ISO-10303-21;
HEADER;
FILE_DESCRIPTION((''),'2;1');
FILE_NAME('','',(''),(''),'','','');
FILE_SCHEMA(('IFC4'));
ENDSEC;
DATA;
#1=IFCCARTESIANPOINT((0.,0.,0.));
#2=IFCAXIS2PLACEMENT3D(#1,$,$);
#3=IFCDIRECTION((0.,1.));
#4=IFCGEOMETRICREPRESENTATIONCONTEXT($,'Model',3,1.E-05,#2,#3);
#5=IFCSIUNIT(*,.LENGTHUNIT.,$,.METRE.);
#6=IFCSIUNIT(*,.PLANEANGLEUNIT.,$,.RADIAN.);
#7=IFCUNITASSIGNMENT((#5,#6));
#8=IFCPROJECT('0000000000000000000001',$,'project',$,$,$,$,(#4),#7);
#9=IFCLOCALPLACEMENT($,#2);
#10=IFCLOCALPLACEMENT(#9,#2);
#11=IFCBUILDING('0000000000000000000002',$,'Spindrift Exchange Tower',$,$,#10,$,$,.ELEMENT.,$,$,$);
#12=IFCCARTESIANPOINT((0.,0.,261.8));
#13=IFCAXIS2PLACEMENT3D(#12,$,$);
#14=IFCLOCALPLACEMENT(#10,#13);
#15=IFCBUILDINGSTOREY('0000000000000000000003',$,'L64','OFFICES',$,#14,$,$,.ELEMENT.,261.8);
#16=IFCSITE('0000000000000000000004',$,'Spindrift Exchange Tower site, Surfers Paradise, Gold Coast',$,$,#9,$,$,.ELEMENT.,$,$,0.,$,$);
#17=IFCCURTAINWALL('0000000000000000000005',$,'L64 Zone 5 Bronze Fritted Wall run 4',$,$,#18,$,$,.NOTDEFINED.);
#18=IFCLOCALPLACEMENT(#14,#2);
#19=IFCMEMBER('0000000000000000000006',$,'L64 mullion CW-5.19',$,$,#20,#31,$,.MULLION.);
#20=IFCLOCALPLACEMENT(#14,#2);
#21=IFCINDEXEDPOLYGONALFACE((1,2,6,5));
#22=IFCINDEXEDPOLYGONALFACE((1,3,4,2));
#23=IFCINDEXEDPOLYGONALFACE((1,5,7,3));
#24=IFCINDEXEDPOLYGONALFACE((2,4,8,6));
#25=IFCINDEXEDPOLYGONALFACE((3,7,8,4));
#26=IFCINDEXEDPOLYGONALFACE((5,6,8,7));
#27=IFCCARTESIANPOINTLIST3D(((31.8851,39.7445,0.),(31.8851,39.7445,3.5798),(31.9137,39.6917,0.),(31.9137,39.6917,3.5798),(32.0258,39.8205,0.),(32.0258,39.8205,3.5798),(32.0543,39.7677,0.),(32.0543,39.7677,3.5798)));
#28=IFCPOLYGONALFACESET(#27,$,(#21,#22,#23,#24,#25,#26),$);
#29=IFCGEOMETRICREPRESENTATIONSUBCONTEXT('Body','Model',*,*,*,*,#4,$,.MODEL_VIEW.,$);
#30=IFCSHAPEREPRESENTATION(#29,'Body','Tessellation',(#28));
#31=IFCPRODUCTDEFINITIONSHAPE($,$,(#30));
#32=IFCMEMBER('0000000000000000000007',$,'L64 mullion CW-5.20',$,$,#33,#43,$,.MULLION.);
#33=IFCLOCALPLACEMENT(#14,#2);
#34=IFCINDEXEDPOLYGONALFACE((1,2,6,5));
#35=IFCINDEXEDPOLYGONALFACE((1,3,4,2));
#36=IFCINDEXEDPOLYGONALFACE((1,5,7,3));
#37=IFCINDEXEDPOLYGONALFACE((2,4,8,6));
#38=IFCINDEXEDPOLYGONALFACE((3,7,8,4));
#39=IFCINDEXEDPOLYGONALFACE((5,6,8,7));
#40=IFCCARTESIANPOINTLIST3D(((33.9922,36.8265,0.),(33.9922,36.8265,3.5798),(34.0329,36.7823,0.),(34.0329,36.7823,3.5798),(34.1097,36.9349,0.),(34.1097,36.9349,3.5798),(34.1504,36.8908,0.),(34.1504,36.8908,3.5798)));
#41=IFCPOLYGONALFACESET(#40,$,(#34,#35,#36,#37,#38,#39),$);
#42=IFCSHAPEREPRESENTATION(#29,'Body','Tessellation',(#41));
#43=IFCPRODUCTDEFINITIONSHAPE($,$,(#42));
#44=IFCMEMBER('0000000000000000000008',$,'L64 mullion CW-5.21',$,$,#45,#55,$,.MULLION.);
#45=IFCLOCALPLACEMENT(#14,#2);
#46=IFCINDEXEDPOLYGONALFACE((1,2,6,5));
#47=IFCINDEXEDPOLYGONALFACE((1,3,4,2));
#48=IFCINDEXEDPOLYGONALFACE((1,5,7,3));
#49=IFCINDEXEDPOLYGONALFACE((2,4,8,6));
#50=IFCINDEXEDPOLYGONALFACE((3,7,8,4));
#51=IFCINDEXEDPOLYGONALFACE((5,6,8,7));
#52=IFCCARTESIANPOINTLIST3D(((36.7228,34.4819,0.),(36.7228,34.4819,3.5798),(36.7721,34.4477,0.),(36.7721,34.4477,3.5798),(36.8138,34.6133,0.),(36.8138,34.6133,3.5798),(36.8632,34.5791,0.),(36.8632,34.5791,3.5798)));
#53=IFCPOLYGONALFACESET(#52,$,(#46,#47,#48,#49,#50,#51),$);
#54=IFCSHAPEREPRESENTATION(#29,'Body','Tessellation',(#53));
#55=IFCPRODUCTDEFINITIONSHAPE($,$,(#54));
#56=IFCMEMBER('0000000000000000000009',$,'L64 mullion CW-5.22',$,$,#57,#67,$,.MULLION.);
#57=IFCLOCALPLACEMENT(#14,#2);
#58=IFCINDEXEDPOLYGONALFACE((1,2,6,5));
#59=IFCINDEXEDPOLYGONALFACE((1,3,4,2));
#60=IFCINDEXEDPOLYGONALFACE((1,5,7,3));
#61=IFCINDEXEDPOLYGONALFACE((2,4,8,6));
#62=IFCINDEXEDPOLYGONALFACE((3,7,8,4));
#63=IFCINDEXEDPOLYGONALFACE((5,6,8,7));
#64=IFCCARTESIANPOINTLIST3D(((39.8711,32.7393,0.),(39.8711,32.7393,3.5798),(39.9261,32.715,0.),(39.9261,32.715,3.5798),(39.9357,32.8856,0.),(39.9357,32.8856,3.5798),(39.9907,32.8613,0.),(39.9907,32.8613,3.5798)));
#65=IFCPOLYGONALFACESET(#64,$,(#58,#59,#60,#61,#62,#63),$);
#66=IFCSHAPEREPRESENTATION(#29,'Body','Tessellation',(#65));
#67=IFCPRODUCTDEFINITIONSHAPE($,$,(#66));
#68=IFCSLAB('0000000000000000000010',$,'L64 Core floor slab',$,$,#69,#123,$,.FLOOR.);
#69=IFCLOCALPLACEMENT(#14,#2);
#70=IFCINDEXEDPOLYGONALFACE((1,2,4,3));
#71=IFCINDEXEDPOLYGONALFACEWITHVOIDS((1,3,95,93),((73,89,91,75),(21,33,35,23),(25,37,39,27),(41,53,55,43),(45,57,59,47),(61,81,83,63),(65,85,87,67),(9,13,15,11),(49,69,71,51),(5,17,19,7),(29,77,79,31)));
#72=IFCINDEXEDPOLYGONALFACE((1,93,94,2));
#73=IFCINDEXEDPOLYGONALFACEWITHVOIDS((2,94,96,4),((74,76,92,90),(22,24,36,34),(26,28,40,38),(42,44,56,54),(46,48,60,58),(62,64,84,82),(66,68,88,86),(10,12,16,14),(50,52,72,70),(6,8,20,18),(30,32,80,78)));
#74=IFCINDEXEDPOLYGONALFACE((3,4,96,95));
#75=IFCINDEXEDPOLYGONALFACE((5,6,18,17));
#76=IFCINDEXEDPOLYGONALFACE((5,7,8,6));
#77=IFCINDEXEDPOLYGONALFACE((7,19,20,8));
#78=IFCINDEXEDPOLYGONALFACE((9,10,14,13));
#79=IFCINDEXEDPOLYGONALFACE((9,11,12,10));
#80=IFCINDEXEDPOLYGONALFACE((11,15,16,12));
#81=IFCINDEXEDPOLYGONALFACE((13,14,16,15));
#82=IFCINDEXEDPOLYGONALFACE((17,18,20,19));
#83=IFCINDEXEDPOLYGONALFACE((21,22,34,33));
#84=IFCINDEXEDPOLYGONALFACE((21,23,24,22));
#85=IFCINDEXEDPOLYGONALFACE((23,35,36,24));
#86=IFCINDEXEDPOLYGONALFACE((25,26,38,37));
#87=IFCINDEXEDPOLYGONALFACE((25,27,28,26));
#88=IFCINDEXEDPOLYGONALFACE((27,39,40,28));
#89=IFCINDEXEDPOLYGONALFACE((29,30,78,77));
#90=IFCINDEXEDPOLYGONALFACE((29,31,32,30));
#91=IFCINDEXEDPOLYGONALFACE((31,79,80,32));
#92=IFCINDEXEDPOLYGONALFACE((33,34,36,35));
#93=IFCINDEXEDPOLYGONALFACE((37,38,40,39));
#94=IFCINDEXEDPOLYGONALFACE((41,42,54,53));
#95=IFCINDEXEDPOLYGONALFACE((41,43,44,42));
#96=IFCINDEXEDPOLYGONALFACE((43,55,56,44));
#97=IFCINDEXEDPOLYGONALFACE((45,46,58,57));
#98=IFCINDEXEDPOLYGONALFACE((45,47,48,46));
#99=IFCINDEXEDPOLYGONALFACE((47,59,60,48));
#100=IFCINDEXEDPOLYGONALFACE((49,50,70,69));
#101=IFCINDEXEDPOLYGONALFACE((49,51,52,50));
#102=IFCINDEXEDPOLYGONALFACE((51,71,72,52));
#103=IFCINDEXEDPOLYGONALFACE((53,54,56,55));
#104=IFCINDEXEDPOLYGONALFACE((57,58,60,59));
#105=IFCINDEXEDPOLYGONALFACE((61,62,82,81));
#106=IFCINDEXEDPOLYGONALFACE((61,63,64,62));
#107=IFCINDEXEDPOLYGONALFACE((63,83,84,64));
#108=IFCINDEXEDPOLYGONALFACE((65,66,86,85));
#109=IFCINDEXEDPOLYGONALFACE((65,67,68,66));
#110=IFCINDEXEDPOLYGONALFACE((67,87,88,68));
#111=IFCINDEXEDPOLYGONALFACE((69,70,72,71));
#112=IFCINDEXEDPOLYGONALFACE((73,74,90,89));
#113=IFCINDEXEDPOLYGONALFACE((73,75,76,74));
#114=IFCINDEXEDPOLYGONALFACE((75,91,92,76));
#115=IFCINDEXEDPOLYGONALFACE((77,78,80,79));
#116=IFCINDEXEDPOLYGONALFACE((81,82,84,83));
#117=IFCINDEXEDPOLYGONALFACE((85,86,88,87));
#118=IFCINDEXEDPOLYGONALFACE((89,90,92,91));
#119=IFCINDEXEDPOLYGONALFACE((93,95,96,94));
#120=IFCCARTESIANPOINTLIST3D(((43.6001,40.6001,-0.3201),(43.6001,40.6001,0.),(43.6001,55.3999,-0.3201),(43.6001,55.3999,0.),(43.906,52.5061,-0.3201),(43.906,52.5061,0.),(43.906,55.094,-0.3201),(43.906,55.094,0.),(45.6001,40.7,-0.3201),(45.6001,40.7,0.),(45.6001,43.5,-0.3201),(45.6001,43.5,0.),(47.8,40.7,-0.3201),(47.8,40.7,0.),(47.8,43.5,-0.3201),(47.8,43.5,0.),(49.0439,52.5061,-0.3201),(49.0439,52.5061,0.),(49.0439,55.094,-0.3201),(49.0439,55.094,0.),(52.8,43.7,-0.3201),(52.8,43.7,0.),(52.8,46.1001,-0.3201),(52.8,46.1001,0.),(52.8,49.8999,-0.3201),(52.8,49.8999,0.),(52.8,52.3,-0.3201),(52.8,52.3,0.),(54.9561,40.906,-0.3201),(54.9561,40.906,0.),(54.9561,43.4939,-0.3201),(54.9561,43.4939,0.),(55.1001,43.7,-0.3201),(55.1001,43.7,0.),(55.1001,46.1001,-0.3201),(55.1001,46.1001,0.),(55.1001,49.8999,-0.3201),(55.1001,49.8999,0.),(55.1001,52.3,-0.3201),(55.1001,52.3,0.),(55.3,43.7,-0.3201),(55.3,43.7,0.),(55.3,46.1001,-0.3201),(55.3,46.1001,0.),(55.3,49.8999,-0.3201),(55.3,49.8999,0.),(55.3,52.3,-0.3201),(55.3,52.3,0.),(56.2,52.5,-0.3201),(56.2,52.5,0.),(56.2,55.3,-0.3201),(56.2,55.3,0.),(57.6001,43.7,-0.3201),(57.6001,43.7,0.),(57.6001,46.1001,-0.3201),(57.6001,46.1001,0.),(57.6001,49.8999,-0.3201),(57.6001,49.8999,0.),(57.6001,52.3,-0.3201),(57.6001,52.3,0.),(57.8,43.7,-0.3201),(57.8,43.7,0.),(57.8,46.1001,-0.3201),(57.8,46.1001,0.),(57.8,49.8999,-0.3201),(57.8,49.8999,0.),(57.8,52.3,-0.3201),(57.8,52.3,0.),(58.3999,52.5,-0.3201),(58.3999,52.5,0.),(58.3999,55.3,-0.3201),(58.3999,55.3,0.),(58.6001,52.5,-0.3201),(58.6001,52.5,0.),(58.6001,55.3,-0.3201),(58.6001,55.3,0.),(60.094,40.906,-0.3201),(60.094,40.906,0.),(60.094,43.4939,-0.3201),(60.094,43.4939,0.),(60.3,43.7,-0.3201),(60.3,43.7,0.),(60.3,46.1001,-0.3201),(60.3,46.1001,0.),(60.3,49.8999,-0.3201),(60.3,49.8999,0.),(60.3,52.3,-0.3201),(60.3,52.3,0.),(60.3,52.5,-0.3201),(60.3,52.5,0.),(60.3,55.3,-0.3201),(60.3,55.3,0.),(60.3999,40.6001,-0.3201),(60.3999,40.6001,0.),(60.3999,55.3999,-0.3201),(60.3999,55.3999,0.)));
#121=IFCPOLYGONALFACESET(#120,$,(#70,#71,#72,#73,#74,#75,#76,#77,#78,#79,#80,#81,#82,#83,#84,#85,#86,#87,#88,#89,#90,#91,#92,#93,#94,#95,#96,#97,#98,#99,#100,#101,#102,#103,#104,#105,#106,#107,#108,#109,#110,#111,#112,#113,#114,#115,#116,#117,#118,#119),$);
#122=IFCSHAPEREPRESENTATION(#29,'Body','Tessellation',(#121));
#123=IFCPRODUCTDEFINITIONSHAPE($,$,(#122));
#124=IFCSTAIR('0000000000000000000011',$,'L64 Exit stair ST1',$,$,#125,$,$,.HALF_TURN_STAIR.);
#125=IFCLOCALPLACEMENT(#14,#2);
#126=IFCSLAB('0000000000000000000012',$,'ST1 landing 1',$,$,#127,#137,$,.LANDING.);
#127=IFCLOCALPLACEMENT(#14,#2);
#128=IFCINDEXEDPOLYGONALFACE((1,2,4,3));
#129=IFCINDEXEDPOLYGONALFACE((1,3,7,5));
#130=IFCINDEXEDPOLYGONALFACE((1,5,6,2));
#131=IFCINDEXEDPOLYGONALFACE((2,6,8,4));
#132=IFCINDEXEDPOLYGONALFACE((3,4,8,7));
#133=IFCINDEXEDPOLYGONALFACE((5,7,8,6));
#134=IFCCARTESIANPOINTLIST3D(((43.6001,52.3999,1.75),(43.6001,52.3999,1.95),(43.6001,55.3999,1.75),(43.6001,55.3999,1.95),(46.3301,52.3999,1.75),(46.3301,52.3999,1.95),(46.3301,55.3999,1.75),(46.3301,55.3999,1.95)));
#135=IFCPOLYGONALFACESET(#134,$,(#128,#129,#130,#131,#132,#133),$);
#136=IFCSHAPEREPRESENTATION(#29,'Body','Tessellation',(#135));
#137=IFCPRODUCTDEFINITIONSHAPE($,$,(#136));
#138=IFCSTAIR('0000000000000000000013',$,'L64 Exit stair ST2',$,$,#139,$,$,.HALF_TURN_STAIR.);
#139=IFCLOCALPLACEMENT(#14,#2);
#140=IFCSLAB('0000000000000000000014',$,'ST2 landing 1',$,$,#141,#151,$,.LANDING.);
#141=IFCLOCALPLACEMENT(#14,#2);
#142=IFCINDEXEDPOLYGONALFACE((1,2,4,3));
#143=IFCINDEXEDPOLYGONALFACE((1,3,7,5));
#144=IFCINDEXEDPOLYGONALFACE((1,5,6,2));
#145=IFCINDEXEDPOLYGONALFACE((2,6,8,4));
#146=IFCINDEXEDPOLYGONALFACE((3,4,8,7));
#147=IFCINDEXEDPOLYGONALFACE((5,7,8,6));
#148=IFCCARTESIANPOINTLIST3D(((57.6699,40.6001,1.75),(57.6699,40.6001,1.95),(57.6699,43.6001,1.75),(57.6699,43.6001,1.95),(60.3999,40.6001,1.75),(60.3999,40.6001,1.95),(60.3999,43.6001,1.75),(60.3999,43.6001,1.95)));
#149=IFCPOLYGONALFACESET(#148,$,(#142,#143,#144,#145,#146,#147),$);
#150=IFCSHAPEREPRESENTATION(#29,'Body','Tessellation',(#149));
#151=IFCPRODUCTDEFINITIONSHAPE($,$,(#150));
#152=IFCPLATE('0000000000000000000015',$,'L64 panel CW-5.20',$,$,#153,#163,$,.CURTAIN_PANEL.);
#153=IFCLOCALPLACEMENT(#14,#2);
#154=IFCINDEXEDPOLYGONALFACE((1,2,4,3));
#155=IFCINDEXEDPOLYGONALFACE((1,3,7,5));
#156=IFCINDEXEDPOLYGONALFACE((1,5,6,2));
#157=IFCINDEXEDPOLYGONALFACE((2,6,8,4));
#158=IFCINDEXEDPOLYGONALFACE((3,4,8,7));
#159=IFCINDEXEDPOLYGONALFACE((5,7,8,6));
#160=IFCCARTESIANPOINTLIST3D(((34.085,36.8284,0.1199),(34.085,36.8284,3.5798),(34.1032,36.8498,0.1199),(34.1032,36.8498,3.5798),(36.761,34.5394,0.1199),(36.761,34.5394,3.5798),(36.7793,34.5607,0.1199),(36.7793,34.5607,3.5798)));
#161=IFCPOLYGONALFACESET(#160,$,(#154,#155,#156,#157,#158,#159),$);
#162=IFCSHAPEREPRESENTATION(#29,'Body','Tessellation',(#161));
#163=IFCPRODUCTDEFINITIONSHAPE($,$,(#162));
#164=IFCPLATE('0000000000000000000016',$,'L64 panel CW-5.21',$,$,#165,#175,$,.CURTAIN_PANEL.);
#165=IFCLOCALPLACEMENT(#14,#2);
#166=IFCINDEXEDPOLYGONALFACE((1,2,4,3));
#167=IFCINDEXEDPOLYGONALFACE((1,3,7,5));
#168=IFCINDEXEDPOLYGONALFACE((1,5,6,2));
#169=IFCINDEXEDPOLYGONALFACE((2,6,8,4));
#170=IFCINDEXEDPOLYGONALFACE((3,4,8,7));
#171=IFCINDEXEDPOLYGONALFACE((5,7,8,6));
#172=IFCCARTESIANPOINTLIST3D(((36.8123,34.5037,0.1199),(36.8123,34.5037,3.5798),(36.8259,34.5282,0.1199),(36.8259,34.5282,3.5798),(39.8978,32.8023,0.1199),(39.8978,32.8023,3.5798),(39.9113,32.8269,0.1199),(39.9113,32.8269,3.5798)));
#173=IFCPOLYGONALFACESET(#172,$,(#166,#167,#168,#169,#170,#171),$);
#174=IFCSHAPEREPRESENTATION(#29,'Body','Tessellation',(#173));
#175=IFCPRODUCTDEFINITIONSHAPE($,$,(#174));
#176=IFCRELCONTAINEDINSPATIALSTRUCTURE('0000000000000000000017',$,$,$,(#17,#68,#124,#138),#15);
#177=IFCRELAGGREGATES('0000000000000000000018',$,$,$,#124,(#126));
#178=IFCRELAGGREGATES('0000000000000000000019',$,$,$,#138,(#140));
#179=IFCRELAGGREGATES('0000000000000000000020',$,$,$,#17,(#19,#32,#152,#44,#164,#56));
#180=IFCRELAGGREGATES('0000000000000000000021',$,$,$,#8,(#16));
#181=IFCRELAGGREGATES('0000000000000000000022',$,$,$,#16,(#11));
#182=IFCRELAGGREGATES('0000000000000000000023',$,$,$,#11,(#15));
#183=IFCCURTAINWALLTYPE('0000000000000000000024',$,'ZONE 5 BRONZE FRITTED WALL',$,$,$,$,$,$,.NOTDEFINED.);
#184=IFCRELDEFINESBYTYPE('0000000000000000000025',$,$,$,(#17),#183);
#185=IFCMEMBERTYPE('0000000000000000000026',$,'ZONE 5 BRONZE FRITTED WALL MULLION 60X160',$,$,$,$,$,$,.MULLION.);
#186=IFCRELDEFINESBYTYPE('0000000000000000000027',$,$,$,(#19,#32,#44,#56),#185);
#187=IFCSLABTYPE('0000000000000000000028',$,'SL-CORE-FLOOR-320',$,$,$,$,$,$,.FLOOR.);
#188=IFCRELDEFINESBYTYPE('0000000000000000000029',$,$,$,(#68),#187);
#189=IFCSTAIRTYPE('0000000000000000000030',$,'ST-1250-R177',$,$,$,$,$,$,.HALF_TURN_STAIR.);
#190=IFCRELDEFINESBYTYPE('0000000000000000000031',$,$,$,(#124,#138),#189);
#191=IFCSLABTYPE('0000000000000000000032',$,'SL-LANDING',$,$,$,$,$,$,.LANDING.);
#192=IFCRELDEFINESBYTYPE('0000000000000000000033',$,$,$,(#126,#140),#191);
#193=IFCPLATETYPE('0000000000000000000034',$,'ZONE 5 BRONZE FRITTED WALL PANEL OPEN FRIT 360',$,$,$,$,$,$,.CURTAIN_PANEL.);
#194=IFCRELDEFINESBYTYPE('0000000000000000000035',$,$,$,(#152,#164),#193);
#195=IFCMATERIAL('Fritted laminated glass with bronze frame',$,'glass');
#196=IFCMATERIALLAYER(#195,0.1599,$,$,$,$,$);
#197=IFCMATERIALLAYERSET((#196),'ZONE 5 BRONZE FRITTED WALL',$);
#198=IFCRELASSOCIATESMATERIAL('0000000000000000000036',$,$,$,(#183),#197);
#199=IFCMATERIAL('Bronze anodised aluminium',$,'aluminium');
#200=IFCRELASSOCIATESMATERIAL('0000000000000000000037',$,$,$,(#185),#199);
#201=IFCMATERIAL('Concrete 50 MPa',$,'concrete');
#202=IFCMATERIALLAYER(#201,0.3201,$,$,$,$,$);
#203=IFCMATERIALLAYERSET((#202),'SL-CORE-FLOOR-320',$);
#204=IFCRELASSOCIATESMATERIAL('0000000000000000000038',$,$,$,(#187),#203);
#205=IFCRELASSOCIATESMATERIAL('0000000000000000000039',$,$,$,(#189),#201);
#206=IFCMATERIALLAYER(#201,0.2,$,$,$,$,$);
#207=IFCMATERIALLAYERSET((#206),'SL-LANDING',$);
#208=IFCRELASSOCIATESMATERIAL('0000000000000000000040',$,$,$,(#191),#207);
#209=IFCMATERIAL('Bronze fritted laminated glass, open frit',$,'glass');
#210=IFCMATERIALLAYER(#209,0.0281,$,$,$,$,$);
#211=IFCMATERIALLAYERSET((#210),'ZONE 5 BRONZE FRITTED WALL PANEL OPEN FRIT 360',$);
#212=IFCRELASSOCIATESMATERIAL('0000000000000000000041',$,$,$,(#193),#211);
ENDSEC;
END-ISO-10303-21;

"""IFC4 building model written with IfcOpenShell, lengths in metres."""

from ifc_helpers import new_model, si_unit, direction, frame, origin, origin_2d, place, context, subcontext, project, spatial, line, indexed_curve, rectangle, outline, extrude, source, transform, mapped, material, layer, layer_set, material_profile, profile_set, type_object, element, aggregate, save


model = new_model("IFC4")

# Units and contexts
model_context = context("Model", 3, precision=1e-05, world=origin(), true_north=direction((0.0, 1.0)))
body_context = subcontext(model_context, "Body", "Model", "MODEL_VIEW")
ifc_project = project(units=[si_unit("LENGTHUNIT", "METRE"), si_unit("PLANEANGLEUNIT", "RADIAN")], contexts=[model_context])

# Site, building, storey
site_placement = place(None, origin())
site = spatial("IfcSite", under=ifc_project, at=site_placement, Name="Spindrift Exchange Tower site, Surfers Paradise, Gold Coast", CompositionType="ELEMENT", RefElevation=0.0)
building_placement = place(site_placement, origin())
building = spatial("IfcBuilding", under=site, at=building_placement, Name="Spindrift Exchange Tower", CompositionType="ELEMENT")
storey_placement = place(building_placement, frame((0.0, 0.0, 261.8)))
storey = spatial("IfcBuildingStorey", under=building, at=storey_placement, Name="L64", Description="OFFICES", CompositionType="ELEMENT", Elevation=261.8)

# Curtain wall, members
ifc_material_1 = material(Name="Fritted laminated glass with bronze frame", Category="glass")
ifc_layer_1 = layer(ifc_material_1, 0.1599)
ifc_layer_set_1 = layer_set([ifc_layer_1], Name="ZONE 5 BRONZE FRITTED WALL")
curtain_wall_type = type_object("IfcCurtainWallType", Name="ZONE 5 BRONZE FRITTED WALL", PredefinedType="NOTDEFINED", material=ifc_layer_set_1)
curtain_wall_placement = place(storey_placement, origin())
curtain_wall = element("IfcCurtainWall", 1, at=curtain_wall_placement, inside=storey, type_object=curtain_wall_type, Name="L64 Zone 5 Bronze Fritted Wall run 4", PredefinedType="NOTDEFINED")
ifc_material_2 = material(Name="Bronze anodised aluminium", Category="aluminium")
ifc_material_profile_1 = material_profile(ifc_material_2, rectangle(XDim=0.0601, YDim=0.1599, at=origin_2d()), Name="ZONE 5 BRONZE FRITTED WALL MULLION 60X160")
ifc_profile_set_1 = profile_set([ifc_material_profile_1], Name="Bronze anodised aluminium")
member_type_1 = type_object("IfcMemberType", Name="ZONE 5 BRONZE FRITTED WALL MULLION 60X160", PredefinedType="MULLION", material=ifc_profile_set_1)
shared_shape_1 = source(origin(), body_context, "Body", "SweptSolid", [
    extrude(rectangle(XDim=0.0601, YDim=0.1599, at=origin_2d()), origin(), (0.0, 0.0, 1.0), 3.5798),
])
member_1_placement = place(storey_placement, frame((31.9697, 39.7561, 0.0), z_axis=(0.0, 0.0, 1.0), x_axis=(0.475592, -0.879666, 0.0)))
member_1 = element("IfcMember", 2, at=member_1_placement, type_object=member_type_1, Name="L64 mullion CW-5.19", PredefinedType="MULLION", context=body_context, shape_type="MappedRepresentation", body=[
    mapped(shared_shape_1, transform((0.0, 0.0, 0.0), scale=1.0)),
])
member_2_placement = place(storey_placement, frame((34.0713, 36.8586, 0.0), z_axis=(0.0, 0.0, 1.0), x_axis=(0.678228, -0.734852, 0.0)))
member_2 = element("IfcMember", 3, at=member_2_placement, type_object=member_type_1, Name="L64 mullion CW-5.20", PredefinedType="MULLION", context=body_context, shape_type="MappedRepresentation", body=[
    mapped(shared_shape_1, transform((0.0, 0.0, 0.0), scale=1.0)),
])
member_3_placement = place(storey_placement, frame((36.793, 34.5305, 0.0), z_axis=(0.0, 0.0, 1.0), x_axis=(0.822067, -0.56939, 0.0)))
member_3 = element("IfcMember", 4, at=member_3_placement, type_object=member_type_1, Name="L64 mullion CW-5.21", PredefinedType="MULLION", context=body_context, shape_type="MappedRepresentation", body=[
    mapped(shared_shape_1, transform((0.0, 0.0, 0.0), scale=1.0)),
])
member_4_placement = place(storey_placement, frame((39.9309, 32.8003, 0.0), z_axis=(0.0, 0.0, 1.0), x_axis=(0.914735, -0.404054, 0.0)))
member_4 = element("IfcMember", 5, at=member_4_placement, type_object=member_type_1, Name="L64 mullion CW-5.22", PredefinedType="MULLION", context=body_context, shape_type="MappedRepresentation", body=[
    mapped(shared_shape_1, transform((0.0, 0.0, 0.0), scale=1.0)),
])

# Slab
ifc_material_3 = material(Name="Concrete 50 MPa", Category="concrete")
ifc_layer_2 = layer(ifc_material_3, 0.3201)
ifc_layer_set_2 = layer_set([ifc_layer_2], Name="SL-CORE-FLOOR-320")
slab_type_1 = type_object("IfcSlabType", Name="SL-CORE-FLOOR-320", PredefinedType="FLOOR", material=ifc_layer_set_2)
slab_1_placement = place(storey_placement, frame((0.0, 0.0, -0.3201)))
element("IfcSlab", 6, at=slab_1_placement, inside=storey, type_object=slab_type_1, Name="L64 Core floor slab", PredefinedType="FLOOR", context=body_context, shape_type="SweptSolid", body=[
    extrude(outline(indexed_curve([(43.6001, 40.6001), (43.6001, 55.3999), (60.3999, 55.3999), (60.3999, 40.6001)], segments=[line(1, 2, 3, 4, 1)], self_intersect=False), holes=[indexed_curve([(45.6001, 43.5), (45.6001, 40.7), (47.8, 40.7), (47.8, 43.5)], segments=[line(1, 2, 3, 4, 1)], self_intersect=False), indexed_curve([(52.8, 46.1001), (52.8, 43.7), (55.1001, 43.7), (55.1001, 46.1001)], segments=[line(1, 2, 3, 4, 1)], self_intersect=False), indexed_curve([(55.3, 46.1001), (55.3, 43.7), (57.6001, 43.7), (57.6001, 46.1001)], segments=[line(1, 2, 3, 4, 1)], self_intersect=False), indexed_curve([(55.1001, 52.3), (52.8, 52.3), (52.8, 49.8999), (55.1001, 49.8999)], segments=[line(1, 2, 3, 4, 1)], self_intersect=False), indexed_curve([(57.6001, 52.3), (55.3, 52.3), (55.3, 49.8999), (57.6001, 49.8999)], segments=[line(1, 2, 3, 4, 1)], self_intersect=False), indexed_curve([(43.906, 52.5061), (49.0439, 52.5061), (49.0439, 55.094), (43.906, 55.094)], segments=[line(1, 2, 3, 4, 1)], self_intersect=False), indexed_curve([(60.094, 40.906), (60.094, 43.4939), (54.9561, 43.4939), (54.9561, 40.906)], segments=[line(1, 2, 3, 4, 1)], self_intersect=False), indexed_curve([(60.3, 46.1001), (57.8, 46.1001), (57.8, 43.7), (60.3, 43.7)], segments=[line(1, 2, 3, 4, 1)], self_intersect=False), indexed_curve([(57.8, 52.3), (57.8, 49.8999), (60.3, 49.8999), (60.3, 52.3)], segments=[line(1, 2, 3, 4, 1)], self_intersect=False), indexed_curve([(58.3999, 55.3), (56.2, 55.3), (56.2, 52.5), (58.3999, 52.5)], segments=[line(1, 2, 3, 4, 1)], self_intersect=False), indexed_curve([(60.3, 55.3), (58.6001, 55.3), (58.6001, 52.5), (60.3, 52.5)], segments=[line(1, 2, 3, 4, 1)], self_intersect=False)]), origin(), (0.0, 0.0, 1.0), 0.3201),
])

# Stairs, slabs
stair_type = type_object("IfcStairType", Name="ST-1250-R177", PredefinedType="HALF_TURN_STAIR", material=ifc_material_3)
stair_1_placement = place(storey_placement, origin())
stair_1 = element("IfcStair", 7, at=stair_1_placement, inside=storey, type_object=stair_type, Name="L64 Exit stair ST1", PredefinedType="HALF_TURN_STAIR")
ifc_layer_3 = layer(ifc_material_3, 0.2)
ifc_layer_set_3 = layer_set([ifc_layer_3], Name="SL-LANDING")
slab_type_2 = type_object("IfcSlabType", Name="SL-LANDING", PredefinedType="LANDING", material=ifc_layer_set_3)
slab_2_placement = place(storey_placement, frame((0.0, 0.0, 1.75)))
slab_2 = element("IfcSlab", 8, at=slab_2_placement, type_object=slab_type_2, Name="ST1 landing 1", PredefinedType="LANDING", context=body_context, shape_type="SweptSolid", body=[
    extrude(outline(indexed_curve([(46.3301, 52.3999), (43.6001, 52.3999), (43.6001, 55.3999), (46.3301, 55.3999)], segments=[line(1, 2, 3, 4, 1)], self_intersect=False)), origin(), (0.0, 0.0, 1.0), 0.2),
])
aggregate(stair_1, [slab_2])
stair_2_placement = place(storey_placement, origin())
stair_2 = element("IfcStair", 9, at=stair_2_placement, inside=storey, type_object=stair_type, Name="L64 Exit stair ST2", PredefinedType="HALF_TURN_STAIR")
slab_3_placement = place(storey_placement, frame((0.0, 0.0, 1.75)))
slab_3 = element("IfcSlab", 10, at=slab_3_placement, type_object=slab_type_2, Name="ST2 landing 1", PredefinedType="LANDING", context=body_context, shape_type="SweptSolid", body=[
    extrude(outline(indexed_curve([(57.6699, 43.6001), (60.3999, 43.6001), (60.3999, 40.6001), (57.6699, 40.6001)], segments=[line(1, 2, 3, 4, 1)], self_intersect=False)), origin(), (0.0, 0.0, 1.0), 0.2),
])
aggregate(stair_2, [slab_3])

# Plates
ifc_material_4 = material(Name="Bronze fritted laminated glass, open frit", Category="glass")
ifc_layer_4 = layer(ifc_material_4, 0.0281)
ifc_layer_set_4 = layer_set([ifc_layer_4], Name="ZONE 5 BRONZE FRITTED WALL PANEL OPEN FRIT 360")
plate_type_1 = type_object("IfcPlateType", Name="ZONE 5 BRONZE FRITTED WALL PANEL OPEN FRIT 360", PredefinedType="CURTAIN_PANEL", material=ifc_layer_set_4)
shared_shape_2 = source(origin(), body_context, "Body", "SweptSolid", [
    extrude(rectangle(XDim=3.5215, YDim=0.0281, at=origin_2d()), origin(), (0.0, 0.0, 1.0), 3.46),
])
plate_1_placement = place(storey_placement, frame((35.4321, 35.6946, 0.1199), z_axis=(0.0, 0.0, 1.0), x_axis=(0.759918, -0.650019, 0.0)))
plate_1 = element("IfcPlate", 11, at=plate_1_placement, type_object=plate_type_1, Name="L64 panel CW-5.20", PredefinedType="CURTAIN_PANEL", context=body_context, shape_type="MappedRepresentation", body=[
    mapped(shared_shape_2, transform((0.0, 0.0, 0.0), scale=1.0)),
])
shared_shape_3 = source(origin(), body_context, "Body", "SweptSolid", [
    extrude(rectangle(XDim=3.5234, YDim=0.0281, at=origin_2d()), origin(), (0.0, 0.0, 1.0), 3.46),
])
plate_2_placement = place(storey_placement, frame((38.3618, 33.6653, 0.1199), z_axis=(0.0, 0.0, 1.0), x_axis=(0.875697, -0.482861, 0.0)))
plate_2 = element("IfcPlate", 12, at=plate_2_placement, type_object=plate_type_1, Name="L64 panel CW-5.21", PredefinedType="CURTAIN_PANEL", context=body_context, shape_type="MappedRepresentation", body=[
    mapped(shared_shape_3, transform((0.0, 0.0, 0.0), scale=1.0)),
])
aggregate(curtain_wall, [member_1, member_2, plate_1, member_3, plate_2, member_4])

save(model, "model.ifc")
